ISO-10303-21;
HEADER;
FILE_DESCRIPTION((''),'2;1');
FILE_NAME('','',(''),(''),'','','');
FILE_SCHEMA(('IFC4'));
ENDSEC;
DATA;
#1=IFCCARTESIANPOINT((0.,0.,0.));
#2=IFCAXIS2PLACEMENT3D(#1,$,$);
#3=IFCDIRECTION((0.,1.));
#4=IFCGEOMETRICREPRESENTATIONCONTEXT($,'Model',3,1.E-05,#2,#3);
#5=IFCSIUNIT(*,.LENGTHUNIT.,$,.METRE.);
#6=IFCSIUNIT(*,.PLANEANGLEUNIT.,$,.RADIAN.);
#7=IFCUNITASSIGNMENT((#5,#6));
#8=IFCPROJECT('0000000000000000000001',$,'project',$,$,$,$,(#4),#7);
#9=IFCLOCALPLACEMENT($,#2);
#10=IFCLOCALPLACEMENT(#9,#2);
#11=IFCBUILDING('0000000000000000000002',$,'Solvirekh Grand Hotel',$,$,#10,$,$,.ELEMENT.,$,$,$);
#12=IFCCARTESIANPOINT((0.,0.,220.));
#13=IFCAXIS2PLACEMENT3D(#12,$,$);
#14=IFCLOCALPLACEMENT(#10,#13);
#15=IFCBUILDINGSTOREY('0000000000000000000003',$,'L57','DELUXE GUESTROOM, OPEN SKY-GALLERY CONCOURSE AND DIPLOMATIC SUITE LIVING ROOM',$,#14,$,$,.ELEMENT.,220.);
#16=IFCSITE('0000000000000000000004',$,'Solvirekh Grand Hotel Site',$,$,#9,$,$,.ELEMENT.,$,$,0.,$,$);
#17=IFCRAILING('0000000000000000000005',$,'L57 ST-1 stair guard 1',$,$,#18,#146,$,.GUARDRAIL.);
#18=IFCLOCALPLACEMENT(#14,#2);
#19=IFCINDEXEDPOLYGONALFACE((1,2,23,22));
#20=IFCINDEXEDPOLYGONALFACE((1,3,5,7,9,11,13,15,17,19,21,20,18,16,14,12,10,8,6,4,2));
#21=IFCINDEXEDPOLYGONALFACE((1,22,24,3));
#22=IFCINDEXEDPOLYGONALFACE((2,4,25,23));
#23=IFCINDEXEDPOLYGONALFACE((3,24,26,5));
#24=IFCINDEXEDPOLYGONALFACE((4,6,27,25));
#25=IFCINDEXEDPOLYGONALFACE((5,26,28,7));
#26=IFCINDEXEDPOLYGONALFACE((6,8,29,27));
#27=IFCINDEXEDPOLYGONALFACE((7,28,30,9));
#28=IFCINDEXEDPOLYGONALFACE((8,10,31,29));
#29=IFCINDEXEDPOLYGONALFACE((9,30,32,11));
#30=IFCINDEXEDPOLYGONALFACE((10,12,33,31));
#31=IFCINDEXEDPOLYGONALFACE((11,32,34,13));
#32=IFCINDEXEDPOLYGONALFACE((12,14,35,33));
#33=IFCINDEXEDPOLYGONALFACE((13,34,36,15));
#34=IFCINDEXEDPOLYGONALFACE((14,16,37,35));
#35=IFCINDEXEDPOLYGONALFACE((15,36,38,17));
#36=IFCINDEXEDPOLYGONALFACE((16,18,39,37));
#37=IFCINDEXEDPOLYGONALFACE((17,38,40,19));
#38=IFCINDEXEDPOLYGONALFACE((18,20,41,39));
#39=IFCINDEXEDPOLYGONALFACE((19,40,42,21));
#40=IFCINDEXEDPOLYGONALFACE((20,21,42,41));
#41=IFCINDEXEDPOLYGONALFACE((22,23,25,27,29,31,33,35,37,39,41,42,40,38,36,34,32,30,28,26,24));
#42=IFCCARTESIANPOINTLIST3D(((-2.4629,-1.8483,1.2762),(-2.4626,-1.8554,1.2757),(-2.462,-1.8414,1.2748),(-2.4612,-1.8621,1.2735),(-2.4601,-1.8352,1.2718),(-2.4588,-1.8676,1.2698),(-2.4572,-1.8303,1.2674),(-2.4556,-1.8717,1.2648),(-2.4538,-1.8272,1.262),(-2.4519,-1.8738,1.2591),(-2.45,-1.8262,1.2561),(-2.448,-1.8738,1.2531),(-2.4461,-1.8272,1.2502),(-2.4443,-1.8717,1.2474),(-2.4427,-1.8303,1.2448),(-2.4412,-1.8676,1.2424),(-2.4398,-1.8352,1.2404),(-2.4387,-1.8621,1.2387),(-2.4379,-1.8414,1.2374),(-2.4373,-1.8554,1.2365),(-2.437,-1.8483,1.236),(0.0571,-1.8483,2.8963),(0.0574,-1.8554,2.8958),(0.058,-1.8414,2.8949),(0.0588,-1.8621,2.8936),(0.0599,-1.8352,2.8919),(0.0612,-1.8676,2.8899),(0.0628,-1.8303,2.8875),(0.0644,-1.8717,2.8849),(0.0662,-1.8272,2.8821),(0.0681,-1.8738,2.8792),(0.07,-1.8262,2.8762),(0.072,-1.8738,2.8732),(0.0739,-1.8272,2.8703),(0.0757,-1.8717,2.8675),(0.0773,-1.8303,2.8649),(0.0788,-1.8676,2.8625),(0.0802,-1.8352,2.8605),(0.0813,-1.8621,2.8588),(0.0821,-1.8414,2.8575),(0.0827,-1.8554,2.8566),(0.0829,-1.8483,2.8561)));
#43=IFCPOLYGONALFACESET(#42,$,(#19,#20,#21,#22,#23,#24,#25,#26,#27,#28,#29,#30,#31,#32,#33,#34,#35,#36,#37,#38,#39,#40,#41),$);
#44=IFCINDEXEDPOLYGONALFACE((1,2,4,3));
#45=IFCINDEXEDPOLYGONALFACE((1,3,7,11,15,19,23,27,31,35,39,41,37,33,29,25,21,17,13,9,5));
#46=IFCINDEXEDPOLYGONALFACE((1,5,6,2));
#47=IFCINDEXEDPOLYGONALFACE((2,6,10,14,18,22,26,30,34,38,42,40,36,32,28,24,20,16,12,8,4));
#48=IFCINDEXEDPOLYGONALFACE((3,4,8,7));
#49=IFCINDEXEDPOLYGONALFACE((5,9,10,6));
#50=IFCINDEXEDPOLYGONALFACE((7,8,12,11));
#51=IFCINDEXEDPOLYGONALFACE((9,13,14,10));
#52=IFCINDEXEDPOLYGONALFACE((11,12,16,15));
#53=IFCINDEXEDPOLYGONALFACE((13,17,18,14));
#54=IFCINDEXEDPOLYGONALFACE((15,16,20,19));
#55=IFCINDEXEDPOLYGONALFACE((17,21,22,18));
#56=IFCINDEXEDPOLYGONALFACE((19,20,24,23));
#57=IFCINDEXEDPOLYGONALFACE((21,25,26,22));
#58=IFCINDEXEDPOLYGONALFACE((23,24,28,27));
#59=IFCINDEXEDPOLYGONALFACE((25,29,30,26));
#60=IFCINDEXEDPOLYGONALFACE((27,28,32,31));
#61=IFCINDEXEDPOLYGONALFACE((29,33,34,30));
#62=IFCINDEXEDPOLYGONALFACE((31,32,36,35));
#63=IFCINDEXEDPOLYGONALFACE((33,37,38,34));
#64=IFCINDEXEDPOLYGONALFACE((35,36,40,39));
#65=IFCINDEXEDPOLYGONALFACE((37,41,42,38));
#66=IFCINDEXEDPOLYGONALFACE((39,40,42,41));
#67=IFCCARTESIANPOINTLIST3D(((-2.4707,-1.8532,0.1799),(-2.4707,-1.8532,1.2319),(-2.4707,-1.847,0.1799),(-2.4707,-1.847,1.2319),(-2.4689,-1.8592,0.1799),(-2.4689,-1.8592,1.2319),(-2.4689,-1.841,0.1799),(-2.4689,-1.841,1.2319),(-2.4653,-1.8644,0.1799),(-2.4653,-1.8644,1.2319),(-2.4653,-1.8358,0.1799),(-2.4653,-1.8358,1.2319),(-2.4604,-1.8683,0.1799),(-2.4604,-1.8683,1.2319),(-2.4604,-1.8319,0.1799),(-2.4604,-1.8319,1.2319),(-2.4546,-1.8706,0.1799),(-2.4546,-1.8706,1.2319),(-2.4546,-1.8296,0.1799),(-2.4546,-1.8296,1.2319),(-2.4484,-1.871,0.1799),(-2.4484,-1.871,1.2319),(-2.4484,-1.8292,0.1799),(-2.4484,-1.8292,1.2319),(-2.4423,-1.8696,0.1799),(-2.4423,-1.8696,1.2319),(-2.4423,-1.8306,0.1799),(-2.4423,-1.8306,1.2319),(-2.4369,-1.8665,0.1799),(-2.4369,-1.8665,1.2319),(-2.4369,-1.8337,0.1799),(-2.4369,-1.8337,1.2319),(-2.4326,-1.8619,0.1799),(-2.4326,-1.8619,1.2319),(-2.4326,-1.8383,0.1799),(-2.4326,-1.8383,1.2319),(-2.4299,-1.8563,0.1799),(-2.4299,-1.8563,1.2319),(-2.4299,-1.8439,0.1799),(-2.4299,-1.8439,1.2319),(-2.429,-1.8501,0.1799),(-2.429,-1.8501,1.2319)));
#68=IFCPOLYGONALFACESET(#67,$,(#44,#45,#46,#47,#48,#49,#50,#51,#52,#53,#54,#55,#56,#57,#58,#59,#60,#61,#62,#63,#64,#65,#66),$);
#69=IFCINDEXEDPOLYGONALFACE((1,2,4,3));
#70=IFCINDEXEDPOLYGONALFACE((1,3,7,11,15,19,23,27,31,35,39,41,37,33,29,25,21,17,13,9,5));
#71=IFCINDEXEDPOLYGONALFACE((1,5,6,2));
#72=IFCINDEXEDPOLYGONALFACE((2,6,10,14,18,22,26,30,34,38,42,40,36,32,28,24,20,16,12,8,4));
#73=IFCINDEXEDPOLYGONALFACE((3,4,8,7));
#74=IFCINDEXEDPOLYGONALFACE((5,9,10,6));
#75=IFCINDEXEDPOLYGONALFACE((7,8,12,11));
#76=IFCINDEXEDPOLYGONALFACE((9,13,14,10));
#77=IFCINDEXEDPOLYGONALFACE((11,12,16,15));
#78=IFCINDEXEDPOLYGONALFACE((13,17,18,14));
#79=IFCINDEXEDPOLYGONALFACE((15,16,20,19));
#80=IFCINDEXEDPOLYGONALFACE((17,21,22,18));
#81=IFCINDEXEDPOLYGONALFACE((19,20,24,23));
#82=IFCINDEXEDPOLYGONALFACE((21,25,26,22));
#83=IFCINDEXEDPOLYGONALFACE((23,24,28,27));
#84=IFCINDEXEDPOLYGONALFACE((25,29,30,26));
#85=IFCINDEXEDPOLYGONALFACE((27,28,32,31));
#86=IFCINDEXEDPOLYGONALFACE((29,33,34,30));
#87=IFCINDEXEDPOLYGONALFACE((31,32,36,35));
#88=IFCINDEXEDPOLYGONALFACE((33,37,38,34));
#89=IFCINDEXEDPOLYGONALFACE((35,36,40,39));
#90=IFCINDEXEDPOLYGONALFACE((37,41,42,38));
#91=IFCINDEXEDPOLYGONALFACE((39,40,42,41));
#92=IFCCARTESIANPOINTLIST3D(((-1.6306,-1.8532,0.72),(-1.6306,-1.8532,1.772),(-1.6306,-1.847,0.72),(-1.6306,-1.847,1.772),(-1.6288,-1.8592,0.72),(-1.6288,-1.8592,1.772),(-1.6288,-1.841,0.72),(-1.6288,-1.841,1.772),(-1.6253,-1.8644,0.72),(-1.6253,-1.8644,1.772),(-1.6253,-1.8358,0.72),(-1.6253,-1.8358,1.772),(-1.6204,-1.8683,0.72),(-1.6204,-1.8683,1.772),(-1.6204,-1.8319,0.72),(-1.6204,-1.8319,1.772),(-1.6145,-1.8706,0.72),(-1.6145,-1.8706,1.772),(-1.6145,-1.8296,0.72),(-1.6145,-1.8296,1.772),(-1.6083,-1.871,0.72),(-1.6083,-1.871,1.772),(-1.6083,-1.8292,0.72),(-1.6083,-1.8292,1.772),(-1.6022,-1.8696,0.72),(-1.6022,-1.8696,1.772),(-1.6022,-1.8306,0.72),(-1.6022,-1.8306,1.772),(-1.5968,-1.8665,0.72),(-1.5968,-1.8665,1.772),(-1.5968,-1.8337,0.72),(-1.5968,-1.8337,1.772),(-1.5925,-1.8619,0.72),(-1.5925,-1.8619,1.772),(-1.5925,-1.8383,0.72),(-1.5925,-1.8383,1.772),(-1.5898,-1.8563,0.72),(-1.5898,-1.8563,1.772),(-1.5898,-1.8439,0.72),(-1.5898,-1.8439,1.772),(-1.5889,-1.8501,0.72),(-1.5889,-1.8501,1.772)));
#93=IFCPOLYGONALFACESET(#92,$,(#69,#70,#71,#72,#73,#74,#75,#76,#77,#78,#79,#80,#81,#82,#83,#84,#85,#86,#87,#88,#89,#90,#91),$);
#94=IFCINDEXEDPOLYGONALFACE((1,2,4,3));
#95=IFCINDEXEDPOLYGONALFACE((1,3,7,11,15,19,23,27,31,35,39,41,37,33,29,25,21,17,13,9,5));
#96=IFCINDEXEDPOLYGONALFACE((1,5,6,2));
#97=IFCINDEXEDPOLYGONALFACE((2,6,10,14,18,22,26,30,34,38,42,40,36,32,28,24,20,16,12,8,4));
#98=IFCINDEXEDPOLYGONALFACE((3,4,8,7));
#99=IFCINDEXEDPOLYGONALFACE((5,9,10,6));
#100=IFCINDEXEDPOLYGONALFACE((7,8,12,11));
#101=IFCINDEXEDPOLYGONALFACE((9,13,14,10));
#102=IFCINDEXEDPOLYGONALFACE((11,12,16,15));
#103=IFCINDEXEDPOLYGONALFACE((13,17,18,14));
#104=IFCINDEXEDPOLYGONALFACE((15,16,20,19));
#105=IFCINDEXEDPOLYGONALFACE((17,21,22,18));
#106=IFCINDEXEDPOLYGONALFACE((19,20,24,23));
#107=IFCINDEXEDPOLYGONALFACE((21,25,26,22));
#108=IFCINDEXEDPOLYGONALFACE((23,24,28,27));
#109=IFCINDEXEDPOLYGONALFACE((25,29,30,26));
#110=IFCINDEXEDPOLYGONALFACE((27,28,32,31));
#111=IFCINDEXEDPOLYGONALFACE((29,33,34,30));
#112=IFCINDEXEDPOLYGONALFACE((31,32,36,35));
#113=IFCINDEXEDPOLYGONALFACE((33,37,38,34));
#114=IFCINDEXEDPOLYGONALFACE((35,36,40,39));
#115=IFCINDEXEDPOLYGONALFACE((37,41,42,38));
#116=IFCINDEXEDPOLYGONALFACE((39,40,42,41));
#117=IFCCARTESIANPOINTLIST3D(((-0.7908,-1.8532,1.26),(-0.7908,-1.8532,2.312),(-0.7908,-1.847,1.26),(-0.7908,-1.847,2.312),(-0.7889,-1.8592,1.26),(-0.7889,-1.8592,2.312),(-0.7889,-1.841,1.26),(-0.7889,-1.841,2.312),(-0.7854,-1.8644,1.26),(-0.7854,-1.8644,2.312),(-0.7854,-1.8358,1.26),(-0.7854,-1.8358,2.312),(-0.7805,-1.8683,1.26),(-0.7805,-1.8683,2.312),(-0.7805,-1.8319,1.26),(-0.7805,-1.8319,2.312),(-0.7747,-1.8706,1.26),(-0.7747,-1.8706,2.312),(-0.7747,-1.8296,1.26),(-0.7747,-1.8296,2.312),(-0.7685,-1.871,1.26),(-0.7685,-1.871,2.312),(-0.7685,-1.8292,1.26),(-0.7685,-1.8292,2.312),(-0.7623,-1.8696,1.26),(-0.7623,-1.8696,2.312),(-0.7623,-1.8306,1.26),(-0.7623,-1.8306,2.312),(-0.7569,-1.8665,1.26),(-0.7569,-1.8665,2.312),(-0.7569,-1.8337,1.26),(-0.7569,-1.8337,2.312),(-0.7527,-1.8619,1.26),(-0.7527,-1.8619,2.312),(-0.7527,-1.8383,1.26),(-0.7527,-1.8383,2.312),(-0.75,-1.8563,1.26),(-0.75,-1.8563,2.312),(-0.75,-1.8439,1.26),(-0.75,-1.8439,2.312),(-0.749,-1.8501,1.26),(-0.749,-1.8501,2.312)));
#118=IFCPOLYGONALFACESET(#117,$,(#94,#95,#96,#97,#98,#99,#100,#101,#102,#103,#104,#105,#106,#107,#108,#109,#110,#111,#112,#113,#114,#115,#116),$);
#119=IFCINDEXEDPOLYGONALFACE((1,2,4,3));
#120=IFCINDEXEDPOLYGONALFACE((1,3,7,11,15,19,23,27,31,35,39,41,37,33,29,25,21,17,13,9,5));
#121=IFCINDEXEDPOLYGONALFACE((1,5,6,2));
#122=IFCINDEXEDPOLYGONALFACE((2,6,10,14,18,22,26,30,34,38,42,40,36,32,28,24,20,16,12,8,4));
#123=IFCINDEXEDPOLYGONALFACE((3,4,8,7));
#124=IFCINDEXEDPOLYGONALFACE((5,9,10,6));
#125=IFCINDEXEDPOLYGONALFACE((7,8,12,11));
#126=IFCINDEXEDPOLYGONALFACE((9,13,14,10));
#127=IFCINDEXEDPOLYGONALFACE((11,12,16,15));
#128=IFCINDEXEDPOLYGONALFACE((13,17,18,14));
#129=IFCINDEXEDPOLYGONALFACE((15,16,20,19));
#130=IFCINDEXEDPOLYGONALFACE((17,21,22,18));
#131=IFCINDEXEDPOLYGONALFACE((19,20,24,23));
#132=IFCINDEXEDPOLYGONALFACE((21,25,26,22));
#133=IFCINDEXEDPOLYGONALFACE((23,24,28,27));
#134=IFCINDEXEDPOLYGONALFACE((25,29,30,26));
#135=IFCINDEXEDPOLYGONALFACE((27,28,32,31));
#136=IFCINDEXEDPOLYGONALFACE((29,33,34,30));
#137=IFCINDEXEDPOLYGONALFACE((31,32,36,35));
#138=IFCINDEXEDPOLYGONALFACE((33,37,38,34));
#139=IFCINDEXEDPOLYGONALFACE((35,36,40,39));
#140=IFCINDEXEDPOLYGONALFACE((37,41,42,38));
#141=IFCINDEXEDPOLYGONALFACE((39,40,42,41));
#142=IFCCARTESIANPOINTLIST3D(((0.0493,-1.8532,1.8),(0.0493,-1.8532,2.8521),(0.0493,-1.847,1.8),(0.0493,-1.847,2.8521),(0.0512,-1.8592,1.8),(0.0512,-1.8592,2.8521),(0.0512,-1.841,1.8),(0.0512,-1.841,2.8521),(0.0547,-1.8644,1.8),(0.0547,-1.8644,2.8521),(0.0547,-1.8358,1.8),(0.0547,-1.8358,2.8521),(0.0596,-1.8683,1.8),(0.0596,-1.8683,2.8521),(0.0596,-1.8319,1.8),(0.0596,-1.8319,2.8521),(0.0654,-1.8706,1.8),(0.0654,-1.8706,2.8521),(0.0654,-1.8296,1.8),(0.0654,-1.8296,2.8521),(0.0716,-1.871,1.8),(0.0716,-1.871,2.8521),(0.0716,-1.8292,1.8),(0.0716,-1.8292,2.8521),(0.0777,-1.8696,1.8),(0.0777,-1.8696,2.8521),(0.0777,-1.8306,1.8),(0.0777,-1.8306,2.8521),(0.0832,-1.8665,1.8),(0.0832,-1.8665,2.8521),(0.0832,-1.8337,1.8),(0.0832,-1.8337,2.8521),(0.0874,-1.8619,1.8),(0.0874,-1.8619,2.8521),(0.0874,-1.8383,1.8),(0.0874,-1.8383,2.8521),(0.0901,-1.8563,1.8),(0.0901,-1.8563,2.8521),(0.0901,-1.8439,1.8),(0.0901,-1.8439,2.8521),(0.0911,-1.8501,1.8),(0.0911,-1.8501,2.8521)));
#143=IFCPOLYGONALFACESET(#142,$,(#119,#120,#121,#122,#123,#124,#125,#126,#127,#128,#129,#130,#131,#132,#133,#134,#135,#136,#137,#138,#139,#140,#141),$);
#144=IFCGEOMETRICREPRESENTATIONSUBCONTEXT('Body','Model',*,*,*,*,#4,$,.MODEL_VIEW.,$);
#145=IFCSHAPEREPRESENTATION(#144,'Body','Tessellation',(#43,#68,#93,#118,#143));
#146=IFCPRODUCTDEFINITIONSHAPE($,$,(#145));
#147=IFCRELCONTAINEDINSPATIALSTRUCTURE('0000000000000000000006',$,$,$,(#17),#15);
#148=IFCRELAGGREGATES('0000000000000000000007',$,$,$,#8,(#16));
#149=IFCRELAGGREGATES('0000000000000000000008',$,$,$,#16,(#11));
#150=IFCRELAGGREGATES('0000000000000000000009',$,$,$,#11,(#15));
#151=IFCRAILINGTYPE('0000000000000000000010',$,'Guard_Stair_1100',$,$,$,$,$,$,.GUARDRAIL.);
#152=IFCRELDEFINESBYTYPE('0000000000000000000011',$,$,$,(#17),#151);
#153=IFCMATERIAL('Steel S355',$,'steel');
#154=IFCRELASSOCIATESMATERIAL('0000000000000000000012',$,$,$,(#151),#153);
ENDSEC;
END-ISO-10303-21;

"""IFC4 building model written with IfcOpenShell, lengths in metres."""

from ifc_helpers import new_model, si_unit, direction, frame, origin, origin_2d, place, context, subcontext, project, spatial, circle, extrude, material, type_object, element, save


model = new_model("IFC4")

# Units and contexts
model_context = context("Model", 3, precision=1e-05, world=origin(), true_north=direction((0.0, 1.0)))
body_context = subcontext(model_context, "Body", "Model", "MODEL_VIEW")
ifc_project = project(units=[si_unit("LENGTHUNIT", "METRE"), si_unit("PLANEANGLEUNIT", "RADIAN")], contexts=[model_context])

# Site, building, storey
site_placement = place(None, origin())
site = spatial("IfcSite", under=ifc_project, at=site_placement, Name="Solvirekh Grand Hotel Site", CompositionType="ELEMENT", RefElevation=0.0)
building_placement = place(site_placement, origin())
building = spatial("IfcBuilding", under=site, at=building_placement, Name="Solvirekh Grand Hotel", CompositionType="ELEMENT")
storey_placement = place(building_placement, frame((0.0, 0.0, 220.0)))
storey = spatial("IfcBuildingStorey", under=building, at=storey_placement, Name="L57", Description="DELUXE GUESTROOM, OPEN SKY-GALLERY CONCOURSE AND DIPLOMATIC SUITE LIVING ROOM", CompositionType="ELEMENT", Elevation=220.0)

# Shared definitions
ifc_material_1 = material(Name="Steel S355", Category="steel")

# Railing
railing_type_1 = type_object("IfcRailingType", Name="Guard_Stair_1100", PredefinedType="GUARDRAIL", material=ifc_material_1)
railing_1_placement = place(storey_placement, frame((-2.45, -1.8501, 0.1799)))
element("IfcRailing", 1, at=railing_1_placement, inside=storey, type_object=railing_type_1, Name="L57 ST-1 stair guard 1", PredefinedType="GUARDRAIL", context=body_context, shape_type="SweptSolid", body=[
    extrude(circle(Radius=0.0239, at=origin_2d()), frame((0.0, 0.0, 1.0762), z_axis=(0.841163, 0.0, 0.540782), x_axis=(0.0, 1.0, 0.0)), (0.0, 0.0, 1.0), 2.9958),
    extrude(circle(Radius=0.021, at=origin_2d()), origin(), (0.0, 0.0, 1.0), 1.052),
    extrude(circle(Radius=0.021, at=origin_2d()), frame((0.8401, 0.0, 0.54)), (0.0, 0.0, 1.0), 1.052),
    extrude(circle(Radius=0.021, at=origin_2d()), frame((1.6799, 0.0, 1.0801)), (0.0, 0.0, 1.0), 1.052),
    extrude(circle(Radius=0.021, at=origin_2d()), frame((2.52, 0.0, 1.6201)), (0.0, 0.0, 1.0), 1.052),
])

save(model, "model.ifc")
